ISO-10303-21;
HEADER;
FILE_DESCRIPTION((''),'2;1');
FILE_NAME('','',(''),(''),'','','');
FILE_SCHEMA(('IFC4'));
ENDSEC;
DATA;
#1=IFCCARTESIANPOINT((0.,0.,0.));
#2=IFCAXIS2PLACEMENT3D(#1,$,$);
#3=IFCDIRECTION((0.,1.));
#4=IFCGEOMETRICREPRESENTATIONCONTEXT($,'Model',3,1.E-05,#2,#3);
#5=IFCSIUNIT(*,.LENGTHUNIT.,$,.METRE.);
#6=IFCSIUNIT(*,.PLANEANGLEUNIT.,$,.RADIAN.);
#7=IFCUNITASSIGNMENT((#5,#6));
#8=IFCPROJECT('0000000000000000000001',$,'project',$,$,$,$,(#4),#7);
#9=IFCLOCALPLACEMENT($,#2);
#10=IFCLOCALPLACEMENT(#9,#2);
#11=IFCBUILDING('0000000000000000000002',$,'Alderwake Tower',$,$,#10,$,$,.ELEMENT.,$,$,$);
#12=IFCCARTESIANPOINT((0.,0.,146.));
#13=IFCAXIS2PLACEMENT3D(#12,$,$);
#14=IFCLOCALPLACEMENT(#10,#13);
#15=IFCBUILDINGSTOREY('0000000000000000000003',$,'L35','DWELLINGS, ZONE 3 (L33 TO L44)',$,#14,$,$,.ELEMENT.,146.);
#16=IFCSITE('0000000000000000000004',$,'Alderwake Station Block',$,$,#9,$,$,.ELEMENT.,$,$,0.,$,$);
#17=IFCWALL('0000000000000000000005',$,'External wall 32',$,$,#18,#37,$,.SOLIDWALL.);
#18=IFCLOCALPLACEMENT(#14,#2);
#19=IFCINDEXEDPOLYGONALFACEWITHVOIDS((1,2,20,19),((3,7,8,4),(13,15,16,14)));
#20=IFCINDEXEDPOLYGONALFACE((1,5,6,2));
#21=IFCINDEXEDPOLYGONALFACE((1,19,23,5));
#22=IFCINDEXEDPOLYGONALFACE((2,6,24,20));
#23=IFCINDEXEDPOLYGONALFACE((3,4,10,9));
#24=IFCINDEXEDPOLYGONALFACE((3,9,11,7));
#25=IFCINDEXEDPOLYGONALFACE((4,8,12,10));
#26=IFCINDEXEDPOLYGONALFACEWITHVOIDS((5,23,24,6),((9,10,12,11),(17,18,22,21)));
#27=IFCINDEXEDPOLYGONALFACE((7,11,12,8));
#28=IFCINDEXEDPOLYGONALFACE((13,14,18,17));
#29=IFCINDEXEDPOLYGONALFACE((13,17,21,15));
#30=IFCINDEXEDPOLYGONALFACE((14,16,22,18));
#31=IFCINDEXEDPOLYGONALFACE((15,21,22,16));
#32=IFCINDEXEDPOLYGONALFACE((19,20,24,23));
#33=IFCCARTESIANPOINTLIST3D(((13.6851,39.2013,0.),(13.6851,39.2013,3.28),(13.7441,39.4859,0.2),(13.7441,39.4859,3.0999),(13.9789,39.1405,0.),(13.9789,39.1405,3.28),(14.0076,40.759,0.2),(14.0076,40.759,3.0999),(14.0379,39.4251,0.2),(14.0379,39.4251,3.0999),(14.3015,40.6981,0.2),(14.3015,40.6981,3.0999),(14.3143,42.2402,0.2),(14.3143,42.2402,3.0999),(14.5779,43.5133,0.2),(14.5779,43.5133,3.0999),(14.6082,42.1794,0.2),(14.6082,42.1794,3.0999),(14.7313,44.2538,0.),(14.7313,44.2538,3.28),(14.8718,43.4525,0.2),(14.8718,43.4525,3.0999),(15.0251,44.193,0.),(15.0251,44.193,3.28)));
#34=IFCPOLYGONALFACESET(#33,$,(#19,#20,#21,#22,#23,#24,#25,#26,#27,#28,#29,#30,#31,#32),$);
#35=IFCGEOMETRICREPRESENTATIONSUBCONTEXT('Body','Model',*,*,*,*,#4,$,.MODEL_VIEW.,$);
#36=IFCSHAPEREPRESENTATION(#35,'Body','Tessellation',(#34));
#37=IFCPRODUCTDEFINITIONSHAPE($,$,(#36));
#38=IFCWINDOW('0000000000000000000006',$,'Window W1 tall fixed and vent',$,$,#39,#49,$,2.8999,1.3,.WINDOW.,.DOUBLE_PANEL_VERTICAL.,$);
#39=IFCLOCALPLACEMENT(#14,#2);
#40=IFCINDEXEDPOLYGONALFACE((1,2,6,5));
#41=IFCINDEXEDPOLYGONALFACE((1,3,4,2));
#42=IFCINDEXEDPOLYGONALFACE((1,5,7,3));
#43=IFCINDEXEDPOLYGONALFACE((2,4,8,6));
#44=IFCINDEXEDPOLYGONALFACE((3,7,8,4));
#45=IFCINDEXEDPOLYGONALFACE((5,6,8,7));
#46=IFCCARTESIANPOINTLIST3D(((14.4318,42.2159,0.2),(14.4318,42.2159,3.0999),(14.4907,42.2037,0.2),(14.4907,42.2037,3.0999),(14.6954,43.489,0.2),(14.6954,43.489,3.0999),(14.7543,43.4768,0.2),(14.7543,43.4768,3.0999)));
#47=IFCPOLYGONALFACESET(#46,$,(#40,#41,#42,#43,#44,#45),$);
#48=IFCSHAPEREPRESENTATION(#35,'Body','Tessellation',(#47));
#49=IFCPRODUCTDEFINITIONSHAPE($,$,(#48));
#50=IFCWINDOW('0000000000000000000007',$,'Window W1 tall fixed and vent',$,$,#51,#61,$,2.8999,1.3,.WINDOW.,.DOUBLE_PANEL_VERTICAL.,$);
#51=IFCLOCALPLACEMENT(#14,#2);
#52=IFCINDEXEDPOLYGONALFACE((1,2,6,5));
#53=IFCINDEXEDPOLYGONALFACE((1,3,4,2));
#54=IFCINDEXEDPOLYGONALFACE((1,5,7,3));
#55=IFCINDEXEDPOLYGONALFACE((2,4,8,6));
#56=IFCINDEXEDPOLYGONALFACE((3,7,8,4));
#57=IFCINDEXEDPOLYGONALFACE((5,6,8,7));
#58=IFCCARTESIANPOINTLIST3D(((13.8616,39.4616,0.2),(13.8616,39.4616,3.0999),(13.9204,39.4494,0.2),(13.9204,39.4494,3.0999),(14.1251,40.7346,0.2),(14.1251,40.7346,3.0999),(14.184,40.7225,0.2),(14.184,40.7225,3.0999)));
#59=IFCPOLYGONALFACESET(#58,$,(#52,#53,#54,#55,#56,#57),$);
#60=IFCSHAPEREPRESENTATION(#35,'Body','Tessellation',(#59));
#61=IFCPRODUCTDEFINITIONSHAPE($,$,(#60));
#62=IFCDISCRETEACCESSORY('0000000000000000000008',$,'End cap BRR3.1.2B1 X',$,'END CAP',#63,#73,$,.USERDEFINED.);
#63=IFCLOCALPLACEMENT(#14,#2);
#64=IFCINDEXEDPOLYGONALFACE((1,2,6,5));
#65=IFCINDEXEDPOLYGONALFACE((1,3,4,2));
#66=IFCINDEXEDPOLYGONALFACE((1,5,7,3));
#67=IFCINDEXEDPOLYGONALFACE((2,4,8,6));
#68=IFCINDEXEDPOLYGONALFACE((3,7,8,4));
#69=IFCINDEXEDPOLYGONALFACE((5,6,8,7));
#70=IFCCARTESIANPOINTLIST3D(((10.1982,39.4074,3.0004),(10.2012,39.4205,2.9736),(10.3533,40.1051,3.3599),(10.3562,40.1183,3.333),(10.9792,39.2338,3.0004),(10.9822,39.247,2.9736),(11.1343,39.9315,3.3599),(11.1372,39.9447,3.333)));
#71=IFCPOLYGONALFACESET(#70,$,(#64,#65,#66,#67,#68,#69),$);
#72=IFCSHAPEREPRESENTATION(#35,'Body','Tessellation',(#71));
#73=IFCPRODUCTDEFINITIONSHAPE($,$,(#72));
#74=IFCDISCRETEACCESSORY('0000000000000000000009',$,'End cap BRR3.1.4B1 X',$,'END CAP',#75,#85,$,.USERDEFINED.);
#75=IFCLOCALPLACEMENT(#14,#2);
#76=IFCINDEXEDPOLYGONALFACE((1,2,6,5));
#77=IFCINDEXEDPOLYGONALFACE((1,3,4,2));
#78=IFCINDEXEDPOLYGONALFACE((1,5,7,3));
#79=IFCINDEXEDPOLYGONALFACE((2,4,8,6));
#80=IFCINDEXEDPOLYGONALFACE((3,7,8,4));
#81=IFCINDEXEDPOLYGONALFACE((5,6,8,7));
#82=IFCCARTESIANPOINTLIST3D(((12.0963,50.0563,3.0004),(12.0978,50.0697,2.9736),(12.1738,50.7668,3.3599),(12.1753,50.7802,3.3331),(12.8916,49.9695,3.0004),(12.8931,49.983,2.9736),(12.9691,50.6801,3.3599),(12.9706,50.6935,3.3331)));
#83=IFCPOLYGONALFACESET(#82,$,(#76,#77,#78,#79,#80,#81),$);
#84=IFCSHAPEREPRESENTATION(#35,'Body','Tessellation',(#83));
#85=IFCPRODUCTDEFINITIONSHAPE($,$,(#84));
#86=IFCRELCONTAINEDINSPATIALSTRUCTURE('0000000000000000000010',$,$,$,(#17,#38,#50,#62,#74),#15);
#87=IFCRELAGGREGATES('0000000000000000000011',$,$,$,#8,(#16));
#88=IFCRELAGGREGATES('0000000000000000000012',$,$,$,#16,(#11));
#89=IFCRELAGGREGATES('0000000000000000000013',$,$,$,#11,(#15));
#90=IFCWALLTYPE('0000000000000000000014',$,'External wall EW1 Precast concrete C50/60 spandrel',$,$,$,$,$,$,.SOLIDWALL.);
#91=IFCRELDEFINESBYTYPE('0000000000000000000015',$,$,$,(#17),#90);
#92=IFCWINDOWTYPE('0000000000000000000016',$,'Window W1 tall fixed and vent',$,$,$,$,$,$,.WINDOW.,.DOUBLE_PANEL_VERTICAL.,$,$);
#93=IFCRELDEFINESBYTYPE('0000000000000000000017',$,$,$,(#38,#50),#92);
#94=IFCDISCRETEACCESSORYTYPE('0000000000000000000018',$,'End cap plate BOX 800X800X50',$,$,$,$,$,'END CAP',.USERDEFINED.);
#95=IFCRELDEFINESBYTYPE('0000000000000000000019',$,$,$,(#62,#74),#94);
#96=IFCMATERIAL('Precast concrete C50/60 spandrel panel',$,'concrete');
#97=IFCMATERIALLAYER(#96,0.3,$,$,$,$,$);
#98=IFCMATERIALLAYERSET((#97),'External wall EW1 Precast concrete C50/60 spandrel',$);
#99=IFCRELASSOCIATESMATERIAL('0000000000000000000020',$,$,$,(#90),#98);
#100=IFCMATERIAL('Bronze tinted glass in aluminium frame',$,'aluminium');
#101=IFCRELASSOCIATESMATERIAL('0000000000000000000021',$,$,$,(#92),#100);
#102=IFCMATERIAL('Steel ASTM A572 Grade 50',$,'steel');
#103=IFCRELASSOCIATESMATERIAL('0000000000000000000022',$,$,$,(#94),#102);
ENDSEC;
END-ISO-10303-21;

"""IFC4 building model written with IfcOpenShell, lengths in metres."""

from ifc_helpers import new_model, si_unit, direction, frame, frame_2d, origin, origin_2d, place, context, subcontext, project, spatial, rectangle, extrude, material, layer, layer_set, material_profile, profile_set, type_object, element, fill, save


model = new_model("IFC4")

# Units and contexts
model_context = context("Model", 3, precision=1e-05, world=origin(), true_north=direction((0.0, 1.0)))
body_context = subcontext(model_context, "Body", "Model", "MODEL_VIEW")
ifc_project = project(units=[si_unit("LENGTHUNIT", "METRE"), si_unit("PLANEANGLEUNIT", "RADIAN")], contexts=[model_context])

# Site, building, storey
site_placement = place(None, origin())
site = spatial("IfcSite", under=ifc_project, at=site_placement, Name="Alderwake Station Block", CompositionType="ELEMENT", RefElevation=0.0)
building_placement = place(site_placement, origin())
building = spatial("IfcBuilding", under=site, at=building_placement, Name="Alderwake Tower", CompositionType="ELEMENT")
storey_placement = place(building_placement, frame((0.0, 0.0, 146.0)))
storey = spatial("IfcBuildingStorey", under=building, at=storey_placement, Name="L35", Description="DWELLINGS, ZONE 3 (L33 TO L44)", CompositionType="ELEMENT", Elevation=146.0)

# Wall, openings, windows
ifc_material_1 = material(Name="Precast concrete C50/60 spandrel panel", Category="concrete")
ifc_layer_1 = layer(ifc_material_1, 0.3)
ifc_layer_set_1 = layer_set([ifc_layer_1], Name="External wall EW1 Precast concrete C50/60 spandrel")
wall_type_1 = type_object("IfcWallType", Name="External wall EW1 Precast concrete C50/60 spandrel", PredefinedType="SOLIDWALL", material=ifc_layer_set_1)
wall_1_placement = place(storey_placement, frame((14.8782, 44.2234, 0.0), z_axis=(0.0, 0.0, 1.0), x_axis=(-0.202754, -0.97923, 0.0)))
wall_1 = element("IfcWall", 1, at=wall_1_placement, inside=storey, type_object=wall_type_1, Name="External wall 32", PredefinedType="SOLIDWALL", context=body_context, shape_type="SweptSolid", body=[
    extrude(rectangle(XDim=5.1597, YDim=0.3, at=frame_2d((2.5798, 0.0))), origin(), (0.0, 0.0, 1.0), 3.28),
])
opening_1_placement = place(wall_1_placement, frame((0.7563, 0.0, 0.2)))
opening_1 = element("IfcOpeningElement", 2, at=opening_1_placement, cuts=wall_1, PredefinedType="OPENING", context=body_context, shape_type="SweptSolid", body=[
    extrude(rectangle(XDim=1.3, YDim=2.8999, at=frame_2d((0.6499, 1.45))), frame((0.0, 0.1599, 0.0), z_axis=(0.0, -1.0, 0.0), x_axis=(1.0, 0.0, 0.0)), (0.0, 0.0, 1.0), 0.3201),
])
opening_2_placement = place(wall_1_placement, frame((3.5691, 0.0, 0.2)))
opening_2 = element("IfcOpeningElement", 3, at=opening_2_placement, cuts=wall_1, PredefinedType="OPENING", context=body_context, shape_type="SweptSolid", body=[
    extrude(rectangle(XDim=1.3, YDim=2.8999, at=frame_2d((0.6499, 1.45))), frame((0.0, 0.1599, 0.0), z_axis=(0.0, -1.0, 0.0), x_axis=(1.0, 0.0, 0.0)), (0.0, 0.0, 1.0), 0.3201),
])
ifc_material_2 = material(Name="Bronze tinted glass in aluminium frame", Category="aluminium")
window_type = type_object("IfcWindowType", Name="Window W1 tall fixed and vent", PartitioningType="DOUBLE_PANEL_VERTICAL", PredefinedType="WINDOW", material=ifc_material_2)
window_1_placement = place(opening_1_placement, origin())
window_1 = element("IfcWindow", 4, at=window_1_placement, inside=storey, type_object=window_type, Name="Window W1 tall fixed and vent", OverallHeight=2.8999, OverallWidth=1.3, PartitioningType="DOUBLE_PANEL_VERTICAL", PredefinedType="WINDOW", context=body_context, shape_type="SweptSolid", body=[
    extrude(rectangle(XDim=1.3, YDim=2.8999, at=frame_2d((0.6499, 1.45))), frame((0.0, 0.03, 0.0), z_axis=(0.0, -1.0, 0.0), x_axis=(1.0, 0.0, 0.0)), (0.0, 0.0, 1.0), 0.0601),
])
fill(opening_1, window_1)
window_2_placement = place(opening_2_placement, origin())
window_2 = element("IfcWindow", 5, at=window_2_placement, inside=storey, type_object=window_type, Name="Window W1 tall fixed and vent", OverallHeight=2.8999, OverallWidth=1.3, PartitioningType="DOUBLE_PANEL_VERTICAL", PredefinedType="WINDOW", context=body_context, shape_type="SweptSolid", body=[
    extrude(rectangle(XDim=1.3, YDim=2.8999, at=frame_2d((0.6499, 1.45))), frame((0.0, 0.03, 0.0), z_axis=(0.0, -1.0, 0.0), x_axis=(1.0, 0.0, 0.0)), (0.0, 0.0, 1.0), 0.0601),
])
fill(opening_2, window_2)

# Discrete accessories
ifc_material_3 = material(Name="Steel ASTM A572 Grade 50", Category="steel")
ifc_material_profile_1 = material_profile(ifc_material_3, rectangle(XDim=0.8, YDim=0.8, at=origin_2d()), Name="BOX 800X800X50 cap")
ifc_profile_set_1 = profile_set([ifc_material_profile_1], Name="Steel ASTM A572 Grade 50")
discrete_accessory_type = type_object("IfcDiscreteAccessoryType", Name="End cap plate BOX 800X800X50", ElementType="END CAP", PredefinedType="USERDEFINED", material=ifc_profile_set_1)
for number, where, z_axis, x_axis, name in (
    (6, (10.6692, 39.6826, 3.1533), (-0.097461, -0.438575, 0.893394), (0.976187, -0.21693, 0.0), "End cap BRR3.1.2B1 X"),
    (7, (12.5342, 50.3816, 3.1533), (-0.048729, -0.446682, 0.893365), (0.994102, -0.108448, 0.0), "End cap BRR3.1.4B1 X"),
):
    element("IfcDiscreteAccessory", number, at=place(storey_placement, frame(where, z_axis=z_axis, x_axis=x_axis)), inside=storey, type_object=discrete_accessory_type, Name=name, ObjectType="END CAP", PredefinedType="USERDEFINED", context=body_context, shape_type="SweptSolid", body=[
        extrude(rectangle(XDim=0.8, YDim=0.8, at=origin_2d()), origin(), (0.0, 0.0, 1.0), 0.03),
    ])

save(model, "model.ifc")
